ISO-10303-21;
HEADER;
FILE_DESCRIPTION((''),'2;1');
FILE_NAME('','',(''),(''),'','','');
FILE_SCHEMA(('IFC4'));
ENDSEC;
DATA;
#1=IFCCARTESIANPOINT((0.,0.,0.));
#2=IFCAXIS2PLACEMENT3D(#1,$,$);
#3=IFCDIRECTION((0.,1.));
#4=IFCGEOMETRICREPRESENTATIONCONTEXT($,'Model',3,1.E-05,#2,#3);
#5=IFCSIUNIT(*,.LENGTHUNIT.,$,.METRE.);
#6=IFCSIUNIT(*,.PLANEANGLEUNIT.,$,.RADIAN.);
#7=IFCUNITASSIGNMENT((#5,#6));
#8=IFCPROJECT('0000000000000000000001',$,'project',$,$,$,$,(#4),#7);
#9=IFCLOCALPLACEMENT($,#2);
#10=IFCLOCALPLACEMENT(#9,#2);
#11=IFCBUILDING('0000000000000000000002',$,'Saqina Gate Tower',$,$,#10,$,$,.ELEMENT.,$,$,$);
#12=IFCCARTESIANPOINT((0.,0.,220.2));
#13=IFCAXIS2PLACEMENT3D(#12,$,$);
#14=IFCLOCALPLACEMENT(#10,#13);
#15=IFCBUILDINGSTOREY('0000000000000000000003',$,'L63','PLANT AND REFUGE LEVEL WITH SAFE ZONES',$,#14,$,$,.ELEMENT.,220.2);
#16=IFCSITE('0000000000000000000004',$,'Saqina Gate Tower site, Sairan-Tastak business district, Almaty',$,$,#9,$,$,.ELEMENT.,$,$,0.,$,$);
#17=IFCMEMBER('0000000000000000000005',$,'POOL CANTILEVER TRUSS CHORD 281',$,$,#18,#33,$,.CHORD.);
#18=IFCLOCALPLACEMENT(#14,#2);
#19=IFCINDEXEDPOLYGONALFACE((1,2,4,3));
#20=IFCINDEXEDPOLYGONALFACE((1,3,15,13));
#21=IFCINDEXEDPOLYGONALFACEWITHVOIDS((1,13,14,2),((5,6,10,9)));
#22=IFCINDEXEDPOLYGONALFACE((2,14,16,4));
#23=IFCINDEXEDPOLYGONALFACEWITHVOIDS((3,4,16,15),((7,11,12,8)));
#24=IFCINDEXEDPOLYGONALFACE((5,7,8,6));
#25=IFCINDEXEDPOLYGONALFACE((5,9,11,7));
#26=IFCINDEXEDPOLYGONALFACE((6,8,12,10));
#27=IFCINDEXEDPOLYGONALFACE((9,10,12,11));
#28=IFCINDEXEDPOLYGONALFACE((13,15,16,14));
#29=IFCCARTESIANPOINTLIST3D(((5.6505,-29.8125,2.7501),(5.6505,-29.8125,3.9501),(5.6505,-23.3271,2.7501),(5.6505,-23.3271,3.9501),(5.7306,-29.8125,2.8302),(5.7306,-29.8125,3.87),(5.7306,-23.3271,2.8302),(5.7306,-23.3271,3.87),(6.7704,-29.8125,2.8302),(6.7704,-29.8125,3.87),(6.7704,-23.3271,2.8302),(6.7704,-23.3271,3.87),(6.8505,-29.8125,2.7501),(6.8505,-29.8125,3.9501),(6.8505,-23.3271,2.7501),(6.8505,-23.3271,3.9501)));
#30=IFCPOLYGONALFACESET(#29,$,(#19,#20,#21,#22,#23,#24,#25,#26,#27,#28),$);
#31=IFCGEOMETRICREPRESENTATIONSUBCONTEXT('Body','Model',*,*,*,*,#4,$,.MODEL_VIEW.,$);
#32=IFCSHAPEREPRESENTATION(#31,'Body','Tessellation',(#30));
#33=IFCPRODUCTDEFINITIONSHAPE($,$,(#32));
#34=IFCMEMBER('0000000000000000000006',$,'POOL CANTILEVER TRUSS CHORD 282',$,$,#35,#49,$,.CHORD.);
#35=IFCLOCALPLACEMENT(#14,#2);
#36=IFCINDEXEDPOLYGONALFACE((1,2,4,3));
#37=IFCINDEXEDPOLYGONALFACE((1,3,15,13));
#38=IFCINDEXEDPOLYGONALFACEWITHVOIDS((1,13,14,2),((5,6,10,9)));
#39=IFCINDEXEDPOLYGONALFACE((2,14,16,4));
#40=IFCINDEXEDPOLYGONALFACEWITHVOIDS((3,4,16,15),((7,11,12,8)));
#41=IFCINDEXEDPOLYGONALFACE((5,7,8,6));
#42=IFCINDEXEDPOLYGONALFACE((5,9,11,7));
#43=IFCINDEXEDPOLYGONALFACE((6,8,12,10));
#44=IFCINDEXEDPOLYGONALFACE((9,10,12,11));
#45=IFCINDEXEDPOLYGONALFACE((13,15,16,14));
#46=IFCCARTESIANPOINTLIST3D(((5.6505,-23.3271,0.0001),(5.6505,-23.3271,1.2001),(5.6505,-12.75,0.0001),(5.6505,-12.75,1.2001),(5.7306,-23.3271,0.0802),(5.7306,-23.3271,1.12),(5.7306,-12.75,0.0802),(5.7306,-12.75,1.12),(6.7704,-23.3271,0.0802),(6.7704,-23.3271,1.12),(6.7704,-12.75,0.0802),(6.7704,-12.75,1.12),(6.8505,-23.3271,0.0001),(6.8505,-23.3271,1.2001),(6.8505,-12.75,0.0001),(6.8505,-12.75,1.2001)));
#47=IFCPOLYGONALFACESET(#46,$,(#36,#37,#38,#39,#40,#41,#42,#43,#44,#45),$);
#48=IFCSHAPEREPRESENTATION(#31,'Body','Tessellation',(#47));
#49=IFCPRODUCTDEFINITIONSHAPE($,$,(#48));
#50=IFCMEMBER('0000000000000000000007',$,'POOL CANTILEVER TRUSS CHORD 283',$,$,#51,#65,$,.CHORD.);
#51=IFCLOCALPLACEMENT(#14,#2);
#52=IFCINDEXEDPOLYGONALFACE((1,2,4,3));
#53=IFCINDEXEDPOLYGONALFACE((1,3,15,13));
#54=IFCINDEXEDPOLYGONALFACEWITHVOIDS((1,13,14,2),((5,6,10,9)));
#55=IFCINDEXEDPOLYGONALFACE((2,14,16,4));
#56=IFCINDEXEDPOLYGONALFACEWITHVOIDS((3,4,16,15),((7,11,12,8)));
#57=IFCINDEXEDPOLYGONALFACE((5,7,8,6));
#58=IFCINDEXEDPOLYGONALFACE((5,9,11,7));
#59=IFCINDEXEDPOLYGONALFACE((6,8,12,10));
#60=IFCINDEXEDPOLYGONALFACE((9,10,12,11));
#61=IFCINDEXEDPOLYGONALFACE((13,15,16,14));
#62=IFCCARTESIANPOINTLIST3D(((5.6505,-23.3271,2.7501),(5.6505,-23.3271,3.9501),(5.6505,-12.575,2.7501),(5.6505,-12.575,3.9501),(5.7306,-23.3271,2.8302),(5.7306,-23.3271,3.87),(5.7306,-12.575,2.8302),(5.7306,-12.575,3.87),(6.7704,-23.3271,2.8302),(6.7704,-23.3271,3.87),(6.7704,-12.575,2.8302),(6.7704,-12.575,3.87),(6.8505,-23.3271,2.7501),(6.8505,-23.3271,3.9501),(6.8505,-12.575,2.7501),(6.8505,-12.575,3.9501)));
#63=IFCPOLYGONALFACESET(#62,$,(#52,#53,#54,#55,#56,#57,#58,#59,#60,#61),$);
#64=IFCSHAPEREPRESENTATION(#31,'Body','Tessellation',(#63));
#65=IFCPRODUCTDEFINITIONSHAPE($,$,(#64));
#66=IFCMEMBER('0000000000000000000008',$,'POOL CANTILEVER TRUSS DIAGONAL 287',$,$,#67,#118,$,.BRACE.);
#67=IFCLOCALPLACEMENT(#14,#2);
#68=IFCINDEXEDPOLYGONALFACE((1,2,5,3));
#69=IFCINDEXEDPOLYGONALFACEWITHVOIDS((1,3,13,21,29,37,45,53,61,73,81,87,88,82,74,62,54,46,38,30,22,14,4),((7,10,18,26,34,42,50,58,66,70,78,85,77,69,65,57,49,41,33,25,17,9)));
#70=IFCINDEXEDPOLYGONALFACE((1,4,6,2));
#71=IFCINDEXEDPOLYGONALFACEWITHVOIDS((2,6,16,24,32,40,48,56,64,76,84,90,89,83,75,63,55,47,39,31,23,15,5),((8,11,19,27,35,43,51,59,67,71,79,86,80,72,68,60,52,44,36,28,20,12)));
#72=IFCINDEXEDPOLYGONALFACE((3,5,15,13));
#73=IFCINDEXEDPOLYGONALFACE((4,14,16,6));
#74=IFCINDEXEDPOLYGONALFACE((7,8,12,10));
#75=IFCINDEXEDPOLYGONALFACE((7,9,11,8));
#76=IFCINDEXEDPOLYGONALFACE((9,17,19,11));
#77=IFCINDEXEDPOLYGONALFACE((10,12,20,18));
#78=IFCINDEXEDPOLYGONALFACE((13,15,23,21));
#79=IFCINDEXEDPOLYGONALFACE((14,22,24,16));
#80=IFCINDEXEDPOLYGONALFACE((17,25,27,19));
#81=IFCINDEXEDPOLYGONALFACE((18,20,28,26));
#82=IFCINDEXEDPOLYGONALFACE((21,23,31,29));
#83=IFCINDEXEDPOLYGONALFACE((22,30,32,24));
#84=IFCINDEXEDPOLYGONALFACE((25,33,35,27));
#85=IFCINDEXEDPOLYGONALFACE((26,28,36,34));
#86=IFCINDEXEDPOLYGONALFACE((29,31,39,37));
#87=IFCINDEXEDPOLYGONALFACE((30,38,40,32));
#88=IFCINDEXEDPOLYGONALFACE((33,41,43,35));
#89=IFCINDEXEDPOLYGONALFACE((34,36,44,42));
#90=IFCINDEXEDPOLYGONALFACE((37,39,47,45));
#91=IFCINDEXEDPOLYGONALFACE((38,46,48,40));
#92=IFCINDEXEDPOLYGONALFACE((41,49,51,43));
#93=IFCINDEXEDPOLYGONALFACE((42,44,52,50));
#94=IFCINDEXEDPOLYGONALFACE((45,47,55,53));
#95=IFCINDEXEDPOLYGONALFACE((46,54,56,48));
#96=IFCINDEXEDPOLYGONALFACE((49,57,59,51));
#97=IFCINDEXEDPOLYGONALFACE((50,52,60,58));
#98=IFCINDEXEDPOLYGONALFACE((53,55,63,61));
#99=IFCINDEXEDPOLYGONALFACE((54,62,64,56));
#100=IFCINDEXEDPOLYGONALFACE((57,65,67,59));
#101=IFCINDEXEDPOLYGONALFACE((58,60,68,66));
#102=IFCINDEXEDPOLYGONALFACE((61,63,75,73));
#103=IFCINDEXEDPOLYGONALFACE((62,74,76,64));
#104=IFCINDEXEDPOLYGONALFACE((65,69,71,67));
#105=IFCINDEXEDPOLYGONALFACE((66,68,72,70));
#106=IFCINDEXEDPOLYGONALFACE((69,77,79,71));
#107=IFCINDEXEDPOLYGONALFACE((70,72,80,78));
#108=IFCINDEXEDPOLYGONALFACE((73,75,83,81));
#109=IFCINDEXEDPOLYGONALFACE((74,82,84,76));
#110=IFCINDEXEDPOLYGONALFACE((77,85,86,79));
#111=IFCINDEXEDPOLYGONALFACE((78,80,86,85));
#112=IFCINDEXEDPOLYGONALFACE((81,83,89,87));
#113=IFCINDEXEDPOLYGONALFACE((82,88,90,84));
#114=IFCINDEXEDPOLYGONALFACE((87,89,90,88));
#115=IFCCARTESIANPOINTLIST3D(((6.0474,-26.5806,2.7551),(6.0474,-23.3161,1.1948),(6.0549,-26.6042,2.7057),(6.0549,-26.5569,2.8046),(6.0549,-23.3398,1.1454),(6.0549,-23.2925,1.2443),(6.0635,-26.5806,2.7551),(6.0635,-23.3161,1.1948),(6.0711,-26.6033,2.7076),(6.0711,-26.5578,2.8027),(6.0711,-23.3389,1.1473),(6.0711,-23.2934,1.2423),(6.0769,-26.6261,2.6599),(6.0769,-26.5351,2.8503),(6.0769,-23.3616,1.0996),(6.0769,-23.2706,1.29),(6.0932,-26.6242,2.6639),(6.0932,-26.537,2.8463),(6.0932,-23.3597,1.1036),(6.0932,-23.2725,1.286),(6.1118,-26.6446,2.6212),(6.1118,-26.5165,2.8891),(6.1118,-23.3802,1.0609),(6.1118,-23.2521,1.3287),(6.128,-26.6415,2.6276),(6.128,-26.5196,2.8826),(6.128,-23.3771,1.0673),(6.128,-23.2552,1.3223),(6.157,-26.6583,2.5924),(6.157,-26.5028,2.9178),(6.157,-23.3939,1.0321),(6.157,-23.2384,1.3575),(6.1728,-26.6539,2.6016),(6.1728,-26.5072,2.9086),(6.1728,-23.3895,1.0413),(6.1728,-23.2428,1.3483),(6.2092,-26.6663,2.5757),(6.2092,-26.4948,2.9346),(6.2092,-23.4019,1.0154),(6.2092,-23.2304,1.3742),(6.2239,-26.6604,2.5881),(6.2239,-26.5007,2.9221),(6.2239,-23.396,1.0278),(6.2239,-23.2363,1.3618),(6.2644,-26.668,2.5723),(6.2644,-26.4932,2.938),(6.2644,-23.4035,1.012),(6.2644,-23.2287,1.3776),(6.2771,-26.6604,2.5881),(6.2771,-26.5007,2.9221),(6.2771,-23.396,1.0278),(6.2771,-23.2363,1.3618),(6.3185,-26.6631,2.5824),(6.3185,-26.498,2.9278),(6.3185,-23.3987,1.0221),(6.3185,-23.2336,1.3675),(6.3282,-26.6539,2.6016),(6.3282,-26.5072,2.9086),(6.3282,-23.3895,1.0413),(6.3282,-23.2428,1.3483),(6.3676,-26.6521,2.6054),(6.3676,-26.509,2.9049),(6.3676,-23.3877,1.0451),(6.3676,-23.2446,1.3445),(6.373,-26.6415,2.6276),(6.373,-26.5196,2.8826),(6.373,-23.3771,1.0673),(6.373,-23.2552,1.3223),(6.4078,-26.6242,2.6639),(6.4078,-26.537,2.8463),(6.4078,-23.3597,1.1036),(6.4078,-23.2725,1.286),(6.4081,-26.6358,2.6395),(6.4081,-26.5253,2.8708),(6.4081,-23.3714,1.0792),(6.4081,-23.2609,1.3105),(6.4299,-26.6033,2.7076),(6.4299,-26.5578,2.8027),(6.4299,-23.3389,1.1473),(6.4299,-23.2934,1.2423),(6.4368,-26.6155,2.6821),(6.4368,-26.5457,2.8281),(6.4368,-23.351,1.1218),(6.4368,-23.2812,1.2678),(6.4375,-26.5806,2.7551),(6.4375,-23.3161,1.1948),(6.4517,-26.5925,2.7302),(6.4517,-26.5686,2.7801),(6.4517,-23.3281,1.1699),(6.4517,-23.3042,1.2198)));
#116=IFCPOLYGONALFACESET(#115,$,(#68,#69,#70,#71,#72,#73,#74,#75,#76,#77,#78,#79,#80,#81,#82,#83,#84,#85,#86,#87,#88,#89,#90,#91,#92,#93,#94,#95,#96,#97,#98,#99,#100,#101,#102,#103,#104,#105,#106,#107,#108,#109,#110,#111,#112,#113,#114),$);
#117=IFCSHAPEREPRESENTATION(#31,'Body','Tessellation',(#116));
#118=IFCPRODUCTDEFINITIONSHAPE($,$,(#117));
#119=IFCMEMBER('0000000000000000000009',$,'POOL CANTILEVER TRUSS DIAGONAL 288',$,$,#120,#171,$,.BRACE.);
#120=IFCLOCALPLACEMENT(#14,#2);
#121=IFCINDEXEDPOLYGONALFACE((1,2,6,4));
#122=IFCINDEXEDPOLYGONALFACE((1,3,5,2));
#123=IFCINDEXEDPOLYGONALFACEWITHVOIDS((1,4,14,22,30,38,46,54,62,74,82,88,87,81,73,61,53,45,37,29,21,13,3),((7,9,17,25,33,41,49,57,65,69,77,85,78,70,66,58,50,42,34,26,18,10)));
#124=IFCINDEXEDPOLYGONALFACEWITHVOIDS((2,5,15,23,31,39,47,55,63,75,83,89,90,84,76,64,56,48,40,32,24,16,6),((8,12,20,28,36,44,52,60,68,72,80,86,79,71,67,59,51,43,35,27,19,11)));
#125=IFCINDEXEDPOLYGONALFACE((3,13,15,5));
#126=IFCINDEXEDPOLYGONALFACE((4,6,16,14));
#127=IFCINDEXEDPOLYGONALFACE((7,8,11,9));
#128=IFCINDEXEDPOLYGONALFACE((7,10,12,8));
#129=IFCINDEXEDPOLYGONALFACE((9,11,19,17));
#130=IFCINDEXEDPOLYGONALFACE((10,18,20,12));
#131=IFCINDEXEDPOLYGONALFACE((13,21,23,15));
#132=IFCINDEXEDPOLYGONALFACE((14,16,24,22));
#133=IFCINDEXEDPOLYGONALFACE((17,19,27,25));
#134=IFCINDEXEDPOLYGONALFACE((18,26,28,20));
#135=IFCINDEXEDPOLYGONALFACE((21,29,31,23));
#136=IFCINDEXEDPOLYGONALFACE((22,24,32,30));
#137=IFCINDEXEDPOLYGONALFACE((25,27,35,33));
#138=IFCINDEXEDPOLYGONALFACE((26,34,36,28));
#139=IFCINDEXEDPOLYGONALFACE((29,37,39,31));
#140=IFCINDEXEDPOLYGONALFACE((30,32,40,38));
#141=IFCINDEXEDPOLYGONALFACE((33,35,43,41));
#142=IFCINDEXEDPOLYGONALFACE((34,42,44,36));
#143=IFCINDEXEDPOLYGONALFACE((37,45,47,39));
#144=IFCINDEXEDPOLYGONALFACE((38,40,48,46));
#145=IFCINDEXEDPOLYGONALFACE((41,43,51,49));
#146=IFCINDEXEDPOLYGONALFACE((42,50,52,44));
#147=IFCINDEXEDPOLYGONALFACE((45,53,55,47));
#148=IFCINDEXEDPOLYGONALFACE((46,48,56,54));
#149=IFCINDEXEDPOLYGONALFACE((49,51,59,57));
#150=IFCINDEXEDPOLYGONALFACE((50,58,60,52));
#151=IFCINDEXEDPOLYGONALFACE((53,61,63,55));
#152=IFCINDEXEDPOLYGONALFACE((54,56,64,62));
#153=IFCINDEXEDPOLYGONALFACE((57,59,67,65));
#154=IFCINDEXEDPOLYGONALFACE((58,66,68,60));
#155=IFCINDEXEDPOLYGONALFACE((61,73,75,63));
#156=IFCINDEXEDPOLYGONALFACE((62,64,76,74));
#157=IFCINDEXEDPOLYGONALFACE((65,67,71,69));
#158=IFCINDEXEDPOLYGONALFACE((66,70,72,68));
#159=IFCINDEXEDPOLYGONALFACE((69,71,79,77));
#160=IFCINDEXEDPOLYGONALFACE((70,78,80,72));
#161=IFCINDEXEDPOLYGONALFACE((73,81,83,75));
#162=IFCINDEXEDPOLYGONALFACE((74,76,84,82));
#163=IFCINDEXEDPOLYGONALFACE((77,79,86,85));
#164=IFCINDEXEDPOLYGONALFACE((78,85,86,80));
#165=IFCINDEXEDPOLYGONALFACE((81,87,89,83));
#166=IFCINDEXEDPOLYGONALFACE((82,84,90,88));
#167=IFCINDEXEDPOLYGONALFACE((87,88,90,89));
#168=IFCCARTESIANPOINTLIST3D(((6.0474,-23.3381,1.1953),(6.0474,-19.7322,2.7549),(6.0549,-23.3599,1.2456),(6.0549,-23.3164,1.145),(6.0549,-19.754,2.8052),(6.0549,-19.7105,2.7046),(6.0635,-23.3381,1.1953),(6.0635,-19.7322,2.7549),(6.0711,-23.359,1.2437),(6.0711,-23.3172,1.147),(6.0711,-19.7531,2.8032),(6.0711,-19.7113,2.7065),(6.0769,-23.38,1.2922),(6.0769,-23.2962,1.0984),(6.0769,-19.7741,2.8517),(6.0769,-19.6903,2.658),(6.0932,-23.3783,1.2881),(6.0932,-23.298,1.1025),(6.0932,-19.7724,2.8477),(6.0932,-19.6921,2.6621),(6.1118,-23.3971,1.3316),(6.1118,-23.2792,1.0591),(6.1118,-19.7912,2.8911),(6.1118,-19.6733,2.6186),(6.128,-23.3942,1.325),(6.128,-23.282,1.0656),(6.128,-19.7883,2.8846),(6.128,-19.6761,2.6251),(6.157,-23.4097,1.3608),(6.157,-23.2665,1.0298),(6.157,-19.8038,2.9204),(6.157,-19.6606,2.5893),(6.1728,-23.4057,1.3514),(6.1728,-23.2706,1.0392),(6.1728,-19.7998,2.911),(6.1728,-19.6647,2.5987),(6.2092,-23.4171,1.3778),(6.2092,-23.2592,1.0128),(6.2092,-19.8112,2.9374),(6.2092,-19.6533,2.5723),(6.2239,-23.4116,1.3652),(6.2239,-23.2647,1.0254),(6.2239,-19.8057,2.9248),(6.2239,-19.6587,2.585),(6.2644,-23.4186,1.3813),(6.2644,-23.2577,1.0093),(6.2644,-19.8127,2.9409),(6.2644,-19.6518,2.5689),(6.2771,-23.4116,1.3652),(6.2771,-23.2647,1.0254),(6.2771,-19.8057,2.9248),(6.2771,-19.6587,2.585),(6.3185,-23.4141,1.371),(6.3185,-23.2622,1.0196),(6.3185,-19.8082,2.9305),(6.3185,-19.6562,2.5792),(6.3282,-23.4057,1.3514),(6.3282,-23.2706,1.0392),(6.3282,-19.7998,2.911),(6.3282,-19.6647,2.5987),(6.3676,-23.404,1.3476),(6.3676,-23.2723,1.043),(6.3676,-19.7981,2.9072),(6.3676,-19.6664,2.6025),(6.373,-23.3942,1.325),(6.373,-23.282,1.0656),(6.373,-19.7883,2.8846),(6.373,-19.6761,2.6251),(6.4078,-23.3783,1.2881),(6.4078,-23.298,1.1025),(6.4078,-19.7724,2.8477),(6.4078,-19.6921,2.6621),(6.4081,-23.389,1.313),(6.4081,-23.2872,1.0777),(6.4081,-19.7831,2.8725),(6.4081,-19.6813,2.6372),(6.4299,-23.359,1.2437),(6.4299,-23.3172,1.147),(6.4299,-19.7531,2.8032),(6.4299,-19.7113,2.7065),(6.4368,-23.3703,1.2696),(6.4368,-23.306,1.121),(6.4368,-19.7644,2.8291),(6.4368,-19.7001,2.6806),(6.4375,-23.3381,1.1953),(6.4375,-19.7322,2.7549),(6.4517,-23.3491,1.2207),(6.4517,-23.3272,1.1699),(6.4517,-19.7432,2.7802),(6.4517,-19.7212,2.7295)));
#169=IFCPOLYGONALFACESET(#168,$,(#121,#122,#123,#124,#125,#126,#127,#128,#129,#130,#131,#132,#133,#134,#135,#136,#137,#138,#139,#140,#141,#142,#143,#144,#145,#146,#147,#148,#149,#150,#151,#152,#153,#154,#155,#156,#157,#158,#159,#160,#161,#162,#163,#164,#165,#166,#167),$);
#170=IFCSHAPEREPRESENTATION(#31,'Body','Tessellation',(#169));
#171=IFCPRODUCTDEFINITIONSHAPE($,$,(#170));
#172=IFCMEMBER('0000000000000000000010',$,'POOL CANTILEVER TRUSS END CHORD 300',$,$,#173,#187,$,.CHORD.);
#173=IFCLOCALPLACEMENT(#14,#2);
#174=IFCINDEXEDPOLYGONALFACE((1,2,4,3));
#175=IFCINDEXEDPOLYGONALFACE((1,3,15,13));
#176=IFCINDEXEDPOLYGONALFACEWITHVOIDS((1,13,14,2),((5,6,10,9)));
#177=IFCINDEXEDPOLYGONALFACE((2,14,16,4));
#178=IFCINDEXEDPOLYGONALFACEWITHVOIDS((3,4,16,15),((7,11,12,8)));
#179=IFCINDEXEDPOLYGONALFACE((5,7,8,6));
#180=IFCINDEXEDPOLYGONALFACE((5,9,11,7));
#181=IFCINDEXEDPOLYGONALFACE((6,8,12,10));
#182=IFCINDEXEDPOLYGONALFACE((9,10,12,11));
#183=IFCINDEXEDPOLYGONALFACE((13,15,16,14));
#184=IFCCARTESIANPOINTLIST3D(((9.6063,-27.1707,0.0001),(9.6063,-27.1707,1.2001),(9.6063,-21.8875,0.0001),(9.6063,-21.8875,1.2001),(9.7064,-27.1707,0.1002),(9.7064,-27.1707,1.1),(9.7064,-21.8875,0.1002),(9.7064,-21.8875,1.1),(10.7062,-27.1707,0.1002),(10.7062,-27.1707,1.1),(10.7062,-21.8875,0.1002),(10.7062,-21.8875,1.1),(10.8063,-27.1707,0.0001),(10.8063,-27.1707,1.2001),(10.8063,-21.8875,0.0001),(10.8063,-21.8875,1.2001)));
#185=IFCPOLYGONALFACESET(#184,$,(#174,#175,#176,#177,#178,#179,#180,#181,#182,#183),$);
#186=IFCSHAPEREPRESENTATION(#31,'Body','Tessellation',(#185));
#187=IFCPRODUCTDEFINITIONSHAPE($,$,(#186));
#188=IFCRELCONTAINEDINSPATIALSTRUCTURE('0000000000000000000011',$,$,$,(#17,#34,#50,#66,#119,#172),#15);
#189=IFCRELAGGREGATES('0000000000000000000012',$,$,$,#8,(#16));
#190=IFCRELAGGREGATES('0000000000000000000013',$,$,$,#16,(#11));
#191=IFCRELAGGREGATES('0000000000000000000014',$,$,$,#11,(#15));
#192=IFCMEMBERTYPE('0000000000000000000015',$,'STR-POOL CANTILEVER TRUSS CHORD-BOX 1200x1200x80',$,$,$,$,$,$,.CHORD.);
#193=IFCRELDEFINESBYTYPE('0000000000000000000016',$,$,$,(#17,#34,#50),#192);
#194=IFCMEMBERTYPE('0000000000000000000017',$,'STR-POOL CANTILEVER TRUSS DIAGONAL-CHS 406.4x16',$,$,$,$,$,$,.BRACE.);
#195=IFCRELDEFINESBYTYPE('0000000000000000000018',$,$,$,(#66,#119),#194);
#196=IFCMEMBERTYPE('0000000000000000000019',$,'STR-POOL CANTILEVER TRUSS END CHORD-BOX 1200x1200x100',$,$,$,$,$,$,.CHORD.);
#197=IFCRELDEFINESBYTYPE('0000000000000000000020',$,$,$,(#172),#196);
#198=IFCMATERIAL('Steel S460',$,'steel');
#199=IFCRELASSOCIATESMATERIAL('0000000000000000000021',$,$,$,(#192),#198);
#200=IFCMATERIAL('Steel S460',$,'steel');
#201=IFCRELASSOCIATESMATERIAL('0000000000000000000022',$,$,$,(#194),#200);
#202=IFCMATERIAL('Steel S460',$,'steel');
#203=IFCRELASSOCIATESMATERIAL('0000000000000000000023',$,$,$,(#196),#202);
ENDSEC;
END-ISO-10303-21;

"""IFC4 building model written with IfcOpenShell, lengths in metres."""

from ifc_helpers import new_model, si_unit, direction, frame, origin, origin_2d, place, context, subcontext, project, spatial, hollow_rectangle, hollow_circle, extrude, material, material_profile, profile_set, type_object, element, save


model = new_model("IFC4")

# Units and contexts
model_context = context("Model", 3, precision=1e-05, world=origin(), true_north=direction((0.0, 1.0)))
body_context = subcontext(model_context, "Body", "Model", "MODEL_VIEW")
ifc_project = project(units=[si_unit("LENGTHUNIT", "METRE"), si_unit("PLANEANGLEUNIT", "RADIAN")], contexts=[model_context])

# Site, building, storey
site_placement = place(None, origin())
site = spatial("IfcSite", under=ifc_project, at=site_placement, Name="Saqina Gate Tower site, Sairan-Tastak business district, Almaty", CompositionType="ELEMENT", RefElevation=0.0)
building_placement = place(site_placement, origin())
building = spatial("IfcBuilding", under=site, at=building_placement, Name="Saqina Gate Tower", CompositionType="ELEMENT")
storey_placement = place(building_placement, frame((0.0, 0.0, 220.2)))
storey = spatial("IfcBuildingStorey", under=building, at=storey_placement, Name="L63", Description="PLANT AND REFUGE LEVEL WITH SAFE ZONES", CompositionType="ELEMENT", Elevation=220.2)

# Members
ifc_material_1 = material(Name="Steel S460", Category="steel")
ifc_material_profile_1 = material_profile(ifc_material_1, hollow_rectangle(XDim=1.2, YDim=1.2, WallThickness=0.0801, at=origin_2d()), Name="BOX 1200x1200x80")
ifc_profile_set_1 = profile_set([ifc_material_profile_1], Name="Steel S460")
member_type_1 = type_object("IfcMemberType", Name="STR-POOL CANTILEVER TRUSS CHORD-BOX 1200x1200x80", PredefinedType="CHORD", material=ifc_profile_set_1)
member_1_placement = place(storey_placement, frame((6.2505, -29.8125, 3.3501), z_axis=(0.0, 1.0, 0.0), x_axis=(-1.0, 0.0, 0.0)))
element("IfcMember", 1, at=member_1_placement, inside=storey, type_object=member_type_1, Name="POOL CANTILEVER TRUSS CHORD 281", PredefinedType="CHORD", context=body_context, shape_type="SweptSolid", body=[
    extrude(hollow_rectangle(XDim=1.2, YDim=1.2, WallThickness=0.0801, at=origin_2d()), origin(), (0.0, 0.0, 1.0), 6.4854),
])
member_2_placement = place(storey_placement, frame((6.2505, -23.3271, 0.6001), z_axis=(0.0, 1.0, 0.0), x_axis=(-1.0, 0.0, 0.0)))
element("IfcMember", 2, at=member_2_placement, inside=storey, type_object=member_type_1, Name="POOL CANTILEVER TRUSS CHORD 282", PredefinedType="CHORD", context=body_context, shape_type="SweptSolid", body=[
    extrude(hollow_rectangle(XDim=1.2, YDim=1.2, WallThickness=0.0801, at=origin_2d()), origin(), (0.0, 0.0, 1.0), 10.5771),
])
member_3_placement = place(storey_placement, frame((6.2505, -23.3271, 3.3501), z_axis=(0.0, 1.0, 0.0), x_axis=(-1.0, 0.0, 0.0)))
element("IfcMember", 3, at=member_3_placement, inside=storey, type_object=member_type_1, Name="POOL CANTILEVER TRUSS CHORD 283", PredefinedType="CHORD", context=body_context, shape_type="SweptSolid", body=[
    extrude(hollow_rectangle(XDim=1.2, YDim=1.2, WallThickness=0.0801, at=origin_2d()), origin(), (0.0, 0.0, 1.0), 10.7522),
])
ifc_material_2 = material(Name="Steel S460", Category="steel")
ifc_material_profile_2 = material_profile(ifc_material_2, hollow_circle(Radius=0.2031, WallThickness=0.0161, at=origin_2d()), Name="CHS 406.4x16")
ifc_profile_set_2 = profile_set([ifc_material_profile_2], Name="Steel S460")
member_type_2 = type_object("IfcMemberType", Name="STR-POOL CANTILEVER TRUSS DIAGONAL-CHS 406.4x16", PredefinedType="BRACE", material=ifc_profile_set_2)
member_4_placement = place(storey_placement, frame((6.2505, -26.5806, 2.7551), z_axis=(0.0, 0.902235, -0.431245), x_axis=(-1.0, 0.0, 0.0)))
element("IfcMember", 4, at=member_4_placement, inside=storey, type_object=member_type_2, Name="POOL CANTILEVER TRUSS DIAGONAL 287", PredefinedType="BRACE", context=body_context, shape_type="SweptSolid", body=[
    extrude(hollow_circle(Radius=0.2031, WallThickness=0.0161, at=origin_2d()), origin(), (0.0, 0.0, 1.0), 3.6182),
])
member_5_placement = place(storey_placement, frame((6.2505, -23.3381, 1.1953), z_axis=(0.0, 0.917835, 0.396962), x_axis=(-1.0, 0.0, 0.0)))
element("IfcMember", 5, at=member_5_placement, inside=storey, type_object=member_type_2, Name="POOL CANTILEVER TRUSS DIAGONAL 288", PredefinedType="BRACE", context=body_context, shape_type="SweptSolid", body=[
    extrude(hollow_circle(Radius=0.2031, WallThickness=0.0161, at=origin_2d()), origin(), (0.0, 0.0, 1.0), 3.9287),
])
ifc_material_3 = material(Name="Steel S460", Category="steel")
ifc_material_profile_3 = material_profile(ifc_material_3, hollow_rectangle(XDim=1.2, YDim=1.2, WallThickness=0.1001, at=origin_2d()), Name="BOX 1200x1200x100")
ifc_profile_set_3 = profile_set([ifc_material_profile_3], Name="Steel S460")
member_type_3 = type_object("IfcMemberType", Name="STR-POOL CANTILEVER TRUSS END CHORD-BOX 1200x1200x100", PredefinedType="CHORD", material=ifc_profile_set_3)
member_6_placement = place(storey_placement, frame((10.2063, -27.1707, 0.6001), z_axis=(0.0, 1.0, 0.0), x_axis=(-1.0, 0.0, 0.0)))
element("IfcMember", 6, at=member_6_placement, inside=storey, type_object=member_type_3, Name="POOL CANTILEVER TRUSS END CHORD 300", PredefinedType="CHORD", context=body_context, shape_type="SweptSolid", body=[
    extrude(hollow_rectangle(XDim=1.2, YDim=1.2, WallThickness=0.1001, at=origin_2d()), origin(), (0.0, 0.0, 1.0), 5.2832),
])

save(model, "model.ifc")
